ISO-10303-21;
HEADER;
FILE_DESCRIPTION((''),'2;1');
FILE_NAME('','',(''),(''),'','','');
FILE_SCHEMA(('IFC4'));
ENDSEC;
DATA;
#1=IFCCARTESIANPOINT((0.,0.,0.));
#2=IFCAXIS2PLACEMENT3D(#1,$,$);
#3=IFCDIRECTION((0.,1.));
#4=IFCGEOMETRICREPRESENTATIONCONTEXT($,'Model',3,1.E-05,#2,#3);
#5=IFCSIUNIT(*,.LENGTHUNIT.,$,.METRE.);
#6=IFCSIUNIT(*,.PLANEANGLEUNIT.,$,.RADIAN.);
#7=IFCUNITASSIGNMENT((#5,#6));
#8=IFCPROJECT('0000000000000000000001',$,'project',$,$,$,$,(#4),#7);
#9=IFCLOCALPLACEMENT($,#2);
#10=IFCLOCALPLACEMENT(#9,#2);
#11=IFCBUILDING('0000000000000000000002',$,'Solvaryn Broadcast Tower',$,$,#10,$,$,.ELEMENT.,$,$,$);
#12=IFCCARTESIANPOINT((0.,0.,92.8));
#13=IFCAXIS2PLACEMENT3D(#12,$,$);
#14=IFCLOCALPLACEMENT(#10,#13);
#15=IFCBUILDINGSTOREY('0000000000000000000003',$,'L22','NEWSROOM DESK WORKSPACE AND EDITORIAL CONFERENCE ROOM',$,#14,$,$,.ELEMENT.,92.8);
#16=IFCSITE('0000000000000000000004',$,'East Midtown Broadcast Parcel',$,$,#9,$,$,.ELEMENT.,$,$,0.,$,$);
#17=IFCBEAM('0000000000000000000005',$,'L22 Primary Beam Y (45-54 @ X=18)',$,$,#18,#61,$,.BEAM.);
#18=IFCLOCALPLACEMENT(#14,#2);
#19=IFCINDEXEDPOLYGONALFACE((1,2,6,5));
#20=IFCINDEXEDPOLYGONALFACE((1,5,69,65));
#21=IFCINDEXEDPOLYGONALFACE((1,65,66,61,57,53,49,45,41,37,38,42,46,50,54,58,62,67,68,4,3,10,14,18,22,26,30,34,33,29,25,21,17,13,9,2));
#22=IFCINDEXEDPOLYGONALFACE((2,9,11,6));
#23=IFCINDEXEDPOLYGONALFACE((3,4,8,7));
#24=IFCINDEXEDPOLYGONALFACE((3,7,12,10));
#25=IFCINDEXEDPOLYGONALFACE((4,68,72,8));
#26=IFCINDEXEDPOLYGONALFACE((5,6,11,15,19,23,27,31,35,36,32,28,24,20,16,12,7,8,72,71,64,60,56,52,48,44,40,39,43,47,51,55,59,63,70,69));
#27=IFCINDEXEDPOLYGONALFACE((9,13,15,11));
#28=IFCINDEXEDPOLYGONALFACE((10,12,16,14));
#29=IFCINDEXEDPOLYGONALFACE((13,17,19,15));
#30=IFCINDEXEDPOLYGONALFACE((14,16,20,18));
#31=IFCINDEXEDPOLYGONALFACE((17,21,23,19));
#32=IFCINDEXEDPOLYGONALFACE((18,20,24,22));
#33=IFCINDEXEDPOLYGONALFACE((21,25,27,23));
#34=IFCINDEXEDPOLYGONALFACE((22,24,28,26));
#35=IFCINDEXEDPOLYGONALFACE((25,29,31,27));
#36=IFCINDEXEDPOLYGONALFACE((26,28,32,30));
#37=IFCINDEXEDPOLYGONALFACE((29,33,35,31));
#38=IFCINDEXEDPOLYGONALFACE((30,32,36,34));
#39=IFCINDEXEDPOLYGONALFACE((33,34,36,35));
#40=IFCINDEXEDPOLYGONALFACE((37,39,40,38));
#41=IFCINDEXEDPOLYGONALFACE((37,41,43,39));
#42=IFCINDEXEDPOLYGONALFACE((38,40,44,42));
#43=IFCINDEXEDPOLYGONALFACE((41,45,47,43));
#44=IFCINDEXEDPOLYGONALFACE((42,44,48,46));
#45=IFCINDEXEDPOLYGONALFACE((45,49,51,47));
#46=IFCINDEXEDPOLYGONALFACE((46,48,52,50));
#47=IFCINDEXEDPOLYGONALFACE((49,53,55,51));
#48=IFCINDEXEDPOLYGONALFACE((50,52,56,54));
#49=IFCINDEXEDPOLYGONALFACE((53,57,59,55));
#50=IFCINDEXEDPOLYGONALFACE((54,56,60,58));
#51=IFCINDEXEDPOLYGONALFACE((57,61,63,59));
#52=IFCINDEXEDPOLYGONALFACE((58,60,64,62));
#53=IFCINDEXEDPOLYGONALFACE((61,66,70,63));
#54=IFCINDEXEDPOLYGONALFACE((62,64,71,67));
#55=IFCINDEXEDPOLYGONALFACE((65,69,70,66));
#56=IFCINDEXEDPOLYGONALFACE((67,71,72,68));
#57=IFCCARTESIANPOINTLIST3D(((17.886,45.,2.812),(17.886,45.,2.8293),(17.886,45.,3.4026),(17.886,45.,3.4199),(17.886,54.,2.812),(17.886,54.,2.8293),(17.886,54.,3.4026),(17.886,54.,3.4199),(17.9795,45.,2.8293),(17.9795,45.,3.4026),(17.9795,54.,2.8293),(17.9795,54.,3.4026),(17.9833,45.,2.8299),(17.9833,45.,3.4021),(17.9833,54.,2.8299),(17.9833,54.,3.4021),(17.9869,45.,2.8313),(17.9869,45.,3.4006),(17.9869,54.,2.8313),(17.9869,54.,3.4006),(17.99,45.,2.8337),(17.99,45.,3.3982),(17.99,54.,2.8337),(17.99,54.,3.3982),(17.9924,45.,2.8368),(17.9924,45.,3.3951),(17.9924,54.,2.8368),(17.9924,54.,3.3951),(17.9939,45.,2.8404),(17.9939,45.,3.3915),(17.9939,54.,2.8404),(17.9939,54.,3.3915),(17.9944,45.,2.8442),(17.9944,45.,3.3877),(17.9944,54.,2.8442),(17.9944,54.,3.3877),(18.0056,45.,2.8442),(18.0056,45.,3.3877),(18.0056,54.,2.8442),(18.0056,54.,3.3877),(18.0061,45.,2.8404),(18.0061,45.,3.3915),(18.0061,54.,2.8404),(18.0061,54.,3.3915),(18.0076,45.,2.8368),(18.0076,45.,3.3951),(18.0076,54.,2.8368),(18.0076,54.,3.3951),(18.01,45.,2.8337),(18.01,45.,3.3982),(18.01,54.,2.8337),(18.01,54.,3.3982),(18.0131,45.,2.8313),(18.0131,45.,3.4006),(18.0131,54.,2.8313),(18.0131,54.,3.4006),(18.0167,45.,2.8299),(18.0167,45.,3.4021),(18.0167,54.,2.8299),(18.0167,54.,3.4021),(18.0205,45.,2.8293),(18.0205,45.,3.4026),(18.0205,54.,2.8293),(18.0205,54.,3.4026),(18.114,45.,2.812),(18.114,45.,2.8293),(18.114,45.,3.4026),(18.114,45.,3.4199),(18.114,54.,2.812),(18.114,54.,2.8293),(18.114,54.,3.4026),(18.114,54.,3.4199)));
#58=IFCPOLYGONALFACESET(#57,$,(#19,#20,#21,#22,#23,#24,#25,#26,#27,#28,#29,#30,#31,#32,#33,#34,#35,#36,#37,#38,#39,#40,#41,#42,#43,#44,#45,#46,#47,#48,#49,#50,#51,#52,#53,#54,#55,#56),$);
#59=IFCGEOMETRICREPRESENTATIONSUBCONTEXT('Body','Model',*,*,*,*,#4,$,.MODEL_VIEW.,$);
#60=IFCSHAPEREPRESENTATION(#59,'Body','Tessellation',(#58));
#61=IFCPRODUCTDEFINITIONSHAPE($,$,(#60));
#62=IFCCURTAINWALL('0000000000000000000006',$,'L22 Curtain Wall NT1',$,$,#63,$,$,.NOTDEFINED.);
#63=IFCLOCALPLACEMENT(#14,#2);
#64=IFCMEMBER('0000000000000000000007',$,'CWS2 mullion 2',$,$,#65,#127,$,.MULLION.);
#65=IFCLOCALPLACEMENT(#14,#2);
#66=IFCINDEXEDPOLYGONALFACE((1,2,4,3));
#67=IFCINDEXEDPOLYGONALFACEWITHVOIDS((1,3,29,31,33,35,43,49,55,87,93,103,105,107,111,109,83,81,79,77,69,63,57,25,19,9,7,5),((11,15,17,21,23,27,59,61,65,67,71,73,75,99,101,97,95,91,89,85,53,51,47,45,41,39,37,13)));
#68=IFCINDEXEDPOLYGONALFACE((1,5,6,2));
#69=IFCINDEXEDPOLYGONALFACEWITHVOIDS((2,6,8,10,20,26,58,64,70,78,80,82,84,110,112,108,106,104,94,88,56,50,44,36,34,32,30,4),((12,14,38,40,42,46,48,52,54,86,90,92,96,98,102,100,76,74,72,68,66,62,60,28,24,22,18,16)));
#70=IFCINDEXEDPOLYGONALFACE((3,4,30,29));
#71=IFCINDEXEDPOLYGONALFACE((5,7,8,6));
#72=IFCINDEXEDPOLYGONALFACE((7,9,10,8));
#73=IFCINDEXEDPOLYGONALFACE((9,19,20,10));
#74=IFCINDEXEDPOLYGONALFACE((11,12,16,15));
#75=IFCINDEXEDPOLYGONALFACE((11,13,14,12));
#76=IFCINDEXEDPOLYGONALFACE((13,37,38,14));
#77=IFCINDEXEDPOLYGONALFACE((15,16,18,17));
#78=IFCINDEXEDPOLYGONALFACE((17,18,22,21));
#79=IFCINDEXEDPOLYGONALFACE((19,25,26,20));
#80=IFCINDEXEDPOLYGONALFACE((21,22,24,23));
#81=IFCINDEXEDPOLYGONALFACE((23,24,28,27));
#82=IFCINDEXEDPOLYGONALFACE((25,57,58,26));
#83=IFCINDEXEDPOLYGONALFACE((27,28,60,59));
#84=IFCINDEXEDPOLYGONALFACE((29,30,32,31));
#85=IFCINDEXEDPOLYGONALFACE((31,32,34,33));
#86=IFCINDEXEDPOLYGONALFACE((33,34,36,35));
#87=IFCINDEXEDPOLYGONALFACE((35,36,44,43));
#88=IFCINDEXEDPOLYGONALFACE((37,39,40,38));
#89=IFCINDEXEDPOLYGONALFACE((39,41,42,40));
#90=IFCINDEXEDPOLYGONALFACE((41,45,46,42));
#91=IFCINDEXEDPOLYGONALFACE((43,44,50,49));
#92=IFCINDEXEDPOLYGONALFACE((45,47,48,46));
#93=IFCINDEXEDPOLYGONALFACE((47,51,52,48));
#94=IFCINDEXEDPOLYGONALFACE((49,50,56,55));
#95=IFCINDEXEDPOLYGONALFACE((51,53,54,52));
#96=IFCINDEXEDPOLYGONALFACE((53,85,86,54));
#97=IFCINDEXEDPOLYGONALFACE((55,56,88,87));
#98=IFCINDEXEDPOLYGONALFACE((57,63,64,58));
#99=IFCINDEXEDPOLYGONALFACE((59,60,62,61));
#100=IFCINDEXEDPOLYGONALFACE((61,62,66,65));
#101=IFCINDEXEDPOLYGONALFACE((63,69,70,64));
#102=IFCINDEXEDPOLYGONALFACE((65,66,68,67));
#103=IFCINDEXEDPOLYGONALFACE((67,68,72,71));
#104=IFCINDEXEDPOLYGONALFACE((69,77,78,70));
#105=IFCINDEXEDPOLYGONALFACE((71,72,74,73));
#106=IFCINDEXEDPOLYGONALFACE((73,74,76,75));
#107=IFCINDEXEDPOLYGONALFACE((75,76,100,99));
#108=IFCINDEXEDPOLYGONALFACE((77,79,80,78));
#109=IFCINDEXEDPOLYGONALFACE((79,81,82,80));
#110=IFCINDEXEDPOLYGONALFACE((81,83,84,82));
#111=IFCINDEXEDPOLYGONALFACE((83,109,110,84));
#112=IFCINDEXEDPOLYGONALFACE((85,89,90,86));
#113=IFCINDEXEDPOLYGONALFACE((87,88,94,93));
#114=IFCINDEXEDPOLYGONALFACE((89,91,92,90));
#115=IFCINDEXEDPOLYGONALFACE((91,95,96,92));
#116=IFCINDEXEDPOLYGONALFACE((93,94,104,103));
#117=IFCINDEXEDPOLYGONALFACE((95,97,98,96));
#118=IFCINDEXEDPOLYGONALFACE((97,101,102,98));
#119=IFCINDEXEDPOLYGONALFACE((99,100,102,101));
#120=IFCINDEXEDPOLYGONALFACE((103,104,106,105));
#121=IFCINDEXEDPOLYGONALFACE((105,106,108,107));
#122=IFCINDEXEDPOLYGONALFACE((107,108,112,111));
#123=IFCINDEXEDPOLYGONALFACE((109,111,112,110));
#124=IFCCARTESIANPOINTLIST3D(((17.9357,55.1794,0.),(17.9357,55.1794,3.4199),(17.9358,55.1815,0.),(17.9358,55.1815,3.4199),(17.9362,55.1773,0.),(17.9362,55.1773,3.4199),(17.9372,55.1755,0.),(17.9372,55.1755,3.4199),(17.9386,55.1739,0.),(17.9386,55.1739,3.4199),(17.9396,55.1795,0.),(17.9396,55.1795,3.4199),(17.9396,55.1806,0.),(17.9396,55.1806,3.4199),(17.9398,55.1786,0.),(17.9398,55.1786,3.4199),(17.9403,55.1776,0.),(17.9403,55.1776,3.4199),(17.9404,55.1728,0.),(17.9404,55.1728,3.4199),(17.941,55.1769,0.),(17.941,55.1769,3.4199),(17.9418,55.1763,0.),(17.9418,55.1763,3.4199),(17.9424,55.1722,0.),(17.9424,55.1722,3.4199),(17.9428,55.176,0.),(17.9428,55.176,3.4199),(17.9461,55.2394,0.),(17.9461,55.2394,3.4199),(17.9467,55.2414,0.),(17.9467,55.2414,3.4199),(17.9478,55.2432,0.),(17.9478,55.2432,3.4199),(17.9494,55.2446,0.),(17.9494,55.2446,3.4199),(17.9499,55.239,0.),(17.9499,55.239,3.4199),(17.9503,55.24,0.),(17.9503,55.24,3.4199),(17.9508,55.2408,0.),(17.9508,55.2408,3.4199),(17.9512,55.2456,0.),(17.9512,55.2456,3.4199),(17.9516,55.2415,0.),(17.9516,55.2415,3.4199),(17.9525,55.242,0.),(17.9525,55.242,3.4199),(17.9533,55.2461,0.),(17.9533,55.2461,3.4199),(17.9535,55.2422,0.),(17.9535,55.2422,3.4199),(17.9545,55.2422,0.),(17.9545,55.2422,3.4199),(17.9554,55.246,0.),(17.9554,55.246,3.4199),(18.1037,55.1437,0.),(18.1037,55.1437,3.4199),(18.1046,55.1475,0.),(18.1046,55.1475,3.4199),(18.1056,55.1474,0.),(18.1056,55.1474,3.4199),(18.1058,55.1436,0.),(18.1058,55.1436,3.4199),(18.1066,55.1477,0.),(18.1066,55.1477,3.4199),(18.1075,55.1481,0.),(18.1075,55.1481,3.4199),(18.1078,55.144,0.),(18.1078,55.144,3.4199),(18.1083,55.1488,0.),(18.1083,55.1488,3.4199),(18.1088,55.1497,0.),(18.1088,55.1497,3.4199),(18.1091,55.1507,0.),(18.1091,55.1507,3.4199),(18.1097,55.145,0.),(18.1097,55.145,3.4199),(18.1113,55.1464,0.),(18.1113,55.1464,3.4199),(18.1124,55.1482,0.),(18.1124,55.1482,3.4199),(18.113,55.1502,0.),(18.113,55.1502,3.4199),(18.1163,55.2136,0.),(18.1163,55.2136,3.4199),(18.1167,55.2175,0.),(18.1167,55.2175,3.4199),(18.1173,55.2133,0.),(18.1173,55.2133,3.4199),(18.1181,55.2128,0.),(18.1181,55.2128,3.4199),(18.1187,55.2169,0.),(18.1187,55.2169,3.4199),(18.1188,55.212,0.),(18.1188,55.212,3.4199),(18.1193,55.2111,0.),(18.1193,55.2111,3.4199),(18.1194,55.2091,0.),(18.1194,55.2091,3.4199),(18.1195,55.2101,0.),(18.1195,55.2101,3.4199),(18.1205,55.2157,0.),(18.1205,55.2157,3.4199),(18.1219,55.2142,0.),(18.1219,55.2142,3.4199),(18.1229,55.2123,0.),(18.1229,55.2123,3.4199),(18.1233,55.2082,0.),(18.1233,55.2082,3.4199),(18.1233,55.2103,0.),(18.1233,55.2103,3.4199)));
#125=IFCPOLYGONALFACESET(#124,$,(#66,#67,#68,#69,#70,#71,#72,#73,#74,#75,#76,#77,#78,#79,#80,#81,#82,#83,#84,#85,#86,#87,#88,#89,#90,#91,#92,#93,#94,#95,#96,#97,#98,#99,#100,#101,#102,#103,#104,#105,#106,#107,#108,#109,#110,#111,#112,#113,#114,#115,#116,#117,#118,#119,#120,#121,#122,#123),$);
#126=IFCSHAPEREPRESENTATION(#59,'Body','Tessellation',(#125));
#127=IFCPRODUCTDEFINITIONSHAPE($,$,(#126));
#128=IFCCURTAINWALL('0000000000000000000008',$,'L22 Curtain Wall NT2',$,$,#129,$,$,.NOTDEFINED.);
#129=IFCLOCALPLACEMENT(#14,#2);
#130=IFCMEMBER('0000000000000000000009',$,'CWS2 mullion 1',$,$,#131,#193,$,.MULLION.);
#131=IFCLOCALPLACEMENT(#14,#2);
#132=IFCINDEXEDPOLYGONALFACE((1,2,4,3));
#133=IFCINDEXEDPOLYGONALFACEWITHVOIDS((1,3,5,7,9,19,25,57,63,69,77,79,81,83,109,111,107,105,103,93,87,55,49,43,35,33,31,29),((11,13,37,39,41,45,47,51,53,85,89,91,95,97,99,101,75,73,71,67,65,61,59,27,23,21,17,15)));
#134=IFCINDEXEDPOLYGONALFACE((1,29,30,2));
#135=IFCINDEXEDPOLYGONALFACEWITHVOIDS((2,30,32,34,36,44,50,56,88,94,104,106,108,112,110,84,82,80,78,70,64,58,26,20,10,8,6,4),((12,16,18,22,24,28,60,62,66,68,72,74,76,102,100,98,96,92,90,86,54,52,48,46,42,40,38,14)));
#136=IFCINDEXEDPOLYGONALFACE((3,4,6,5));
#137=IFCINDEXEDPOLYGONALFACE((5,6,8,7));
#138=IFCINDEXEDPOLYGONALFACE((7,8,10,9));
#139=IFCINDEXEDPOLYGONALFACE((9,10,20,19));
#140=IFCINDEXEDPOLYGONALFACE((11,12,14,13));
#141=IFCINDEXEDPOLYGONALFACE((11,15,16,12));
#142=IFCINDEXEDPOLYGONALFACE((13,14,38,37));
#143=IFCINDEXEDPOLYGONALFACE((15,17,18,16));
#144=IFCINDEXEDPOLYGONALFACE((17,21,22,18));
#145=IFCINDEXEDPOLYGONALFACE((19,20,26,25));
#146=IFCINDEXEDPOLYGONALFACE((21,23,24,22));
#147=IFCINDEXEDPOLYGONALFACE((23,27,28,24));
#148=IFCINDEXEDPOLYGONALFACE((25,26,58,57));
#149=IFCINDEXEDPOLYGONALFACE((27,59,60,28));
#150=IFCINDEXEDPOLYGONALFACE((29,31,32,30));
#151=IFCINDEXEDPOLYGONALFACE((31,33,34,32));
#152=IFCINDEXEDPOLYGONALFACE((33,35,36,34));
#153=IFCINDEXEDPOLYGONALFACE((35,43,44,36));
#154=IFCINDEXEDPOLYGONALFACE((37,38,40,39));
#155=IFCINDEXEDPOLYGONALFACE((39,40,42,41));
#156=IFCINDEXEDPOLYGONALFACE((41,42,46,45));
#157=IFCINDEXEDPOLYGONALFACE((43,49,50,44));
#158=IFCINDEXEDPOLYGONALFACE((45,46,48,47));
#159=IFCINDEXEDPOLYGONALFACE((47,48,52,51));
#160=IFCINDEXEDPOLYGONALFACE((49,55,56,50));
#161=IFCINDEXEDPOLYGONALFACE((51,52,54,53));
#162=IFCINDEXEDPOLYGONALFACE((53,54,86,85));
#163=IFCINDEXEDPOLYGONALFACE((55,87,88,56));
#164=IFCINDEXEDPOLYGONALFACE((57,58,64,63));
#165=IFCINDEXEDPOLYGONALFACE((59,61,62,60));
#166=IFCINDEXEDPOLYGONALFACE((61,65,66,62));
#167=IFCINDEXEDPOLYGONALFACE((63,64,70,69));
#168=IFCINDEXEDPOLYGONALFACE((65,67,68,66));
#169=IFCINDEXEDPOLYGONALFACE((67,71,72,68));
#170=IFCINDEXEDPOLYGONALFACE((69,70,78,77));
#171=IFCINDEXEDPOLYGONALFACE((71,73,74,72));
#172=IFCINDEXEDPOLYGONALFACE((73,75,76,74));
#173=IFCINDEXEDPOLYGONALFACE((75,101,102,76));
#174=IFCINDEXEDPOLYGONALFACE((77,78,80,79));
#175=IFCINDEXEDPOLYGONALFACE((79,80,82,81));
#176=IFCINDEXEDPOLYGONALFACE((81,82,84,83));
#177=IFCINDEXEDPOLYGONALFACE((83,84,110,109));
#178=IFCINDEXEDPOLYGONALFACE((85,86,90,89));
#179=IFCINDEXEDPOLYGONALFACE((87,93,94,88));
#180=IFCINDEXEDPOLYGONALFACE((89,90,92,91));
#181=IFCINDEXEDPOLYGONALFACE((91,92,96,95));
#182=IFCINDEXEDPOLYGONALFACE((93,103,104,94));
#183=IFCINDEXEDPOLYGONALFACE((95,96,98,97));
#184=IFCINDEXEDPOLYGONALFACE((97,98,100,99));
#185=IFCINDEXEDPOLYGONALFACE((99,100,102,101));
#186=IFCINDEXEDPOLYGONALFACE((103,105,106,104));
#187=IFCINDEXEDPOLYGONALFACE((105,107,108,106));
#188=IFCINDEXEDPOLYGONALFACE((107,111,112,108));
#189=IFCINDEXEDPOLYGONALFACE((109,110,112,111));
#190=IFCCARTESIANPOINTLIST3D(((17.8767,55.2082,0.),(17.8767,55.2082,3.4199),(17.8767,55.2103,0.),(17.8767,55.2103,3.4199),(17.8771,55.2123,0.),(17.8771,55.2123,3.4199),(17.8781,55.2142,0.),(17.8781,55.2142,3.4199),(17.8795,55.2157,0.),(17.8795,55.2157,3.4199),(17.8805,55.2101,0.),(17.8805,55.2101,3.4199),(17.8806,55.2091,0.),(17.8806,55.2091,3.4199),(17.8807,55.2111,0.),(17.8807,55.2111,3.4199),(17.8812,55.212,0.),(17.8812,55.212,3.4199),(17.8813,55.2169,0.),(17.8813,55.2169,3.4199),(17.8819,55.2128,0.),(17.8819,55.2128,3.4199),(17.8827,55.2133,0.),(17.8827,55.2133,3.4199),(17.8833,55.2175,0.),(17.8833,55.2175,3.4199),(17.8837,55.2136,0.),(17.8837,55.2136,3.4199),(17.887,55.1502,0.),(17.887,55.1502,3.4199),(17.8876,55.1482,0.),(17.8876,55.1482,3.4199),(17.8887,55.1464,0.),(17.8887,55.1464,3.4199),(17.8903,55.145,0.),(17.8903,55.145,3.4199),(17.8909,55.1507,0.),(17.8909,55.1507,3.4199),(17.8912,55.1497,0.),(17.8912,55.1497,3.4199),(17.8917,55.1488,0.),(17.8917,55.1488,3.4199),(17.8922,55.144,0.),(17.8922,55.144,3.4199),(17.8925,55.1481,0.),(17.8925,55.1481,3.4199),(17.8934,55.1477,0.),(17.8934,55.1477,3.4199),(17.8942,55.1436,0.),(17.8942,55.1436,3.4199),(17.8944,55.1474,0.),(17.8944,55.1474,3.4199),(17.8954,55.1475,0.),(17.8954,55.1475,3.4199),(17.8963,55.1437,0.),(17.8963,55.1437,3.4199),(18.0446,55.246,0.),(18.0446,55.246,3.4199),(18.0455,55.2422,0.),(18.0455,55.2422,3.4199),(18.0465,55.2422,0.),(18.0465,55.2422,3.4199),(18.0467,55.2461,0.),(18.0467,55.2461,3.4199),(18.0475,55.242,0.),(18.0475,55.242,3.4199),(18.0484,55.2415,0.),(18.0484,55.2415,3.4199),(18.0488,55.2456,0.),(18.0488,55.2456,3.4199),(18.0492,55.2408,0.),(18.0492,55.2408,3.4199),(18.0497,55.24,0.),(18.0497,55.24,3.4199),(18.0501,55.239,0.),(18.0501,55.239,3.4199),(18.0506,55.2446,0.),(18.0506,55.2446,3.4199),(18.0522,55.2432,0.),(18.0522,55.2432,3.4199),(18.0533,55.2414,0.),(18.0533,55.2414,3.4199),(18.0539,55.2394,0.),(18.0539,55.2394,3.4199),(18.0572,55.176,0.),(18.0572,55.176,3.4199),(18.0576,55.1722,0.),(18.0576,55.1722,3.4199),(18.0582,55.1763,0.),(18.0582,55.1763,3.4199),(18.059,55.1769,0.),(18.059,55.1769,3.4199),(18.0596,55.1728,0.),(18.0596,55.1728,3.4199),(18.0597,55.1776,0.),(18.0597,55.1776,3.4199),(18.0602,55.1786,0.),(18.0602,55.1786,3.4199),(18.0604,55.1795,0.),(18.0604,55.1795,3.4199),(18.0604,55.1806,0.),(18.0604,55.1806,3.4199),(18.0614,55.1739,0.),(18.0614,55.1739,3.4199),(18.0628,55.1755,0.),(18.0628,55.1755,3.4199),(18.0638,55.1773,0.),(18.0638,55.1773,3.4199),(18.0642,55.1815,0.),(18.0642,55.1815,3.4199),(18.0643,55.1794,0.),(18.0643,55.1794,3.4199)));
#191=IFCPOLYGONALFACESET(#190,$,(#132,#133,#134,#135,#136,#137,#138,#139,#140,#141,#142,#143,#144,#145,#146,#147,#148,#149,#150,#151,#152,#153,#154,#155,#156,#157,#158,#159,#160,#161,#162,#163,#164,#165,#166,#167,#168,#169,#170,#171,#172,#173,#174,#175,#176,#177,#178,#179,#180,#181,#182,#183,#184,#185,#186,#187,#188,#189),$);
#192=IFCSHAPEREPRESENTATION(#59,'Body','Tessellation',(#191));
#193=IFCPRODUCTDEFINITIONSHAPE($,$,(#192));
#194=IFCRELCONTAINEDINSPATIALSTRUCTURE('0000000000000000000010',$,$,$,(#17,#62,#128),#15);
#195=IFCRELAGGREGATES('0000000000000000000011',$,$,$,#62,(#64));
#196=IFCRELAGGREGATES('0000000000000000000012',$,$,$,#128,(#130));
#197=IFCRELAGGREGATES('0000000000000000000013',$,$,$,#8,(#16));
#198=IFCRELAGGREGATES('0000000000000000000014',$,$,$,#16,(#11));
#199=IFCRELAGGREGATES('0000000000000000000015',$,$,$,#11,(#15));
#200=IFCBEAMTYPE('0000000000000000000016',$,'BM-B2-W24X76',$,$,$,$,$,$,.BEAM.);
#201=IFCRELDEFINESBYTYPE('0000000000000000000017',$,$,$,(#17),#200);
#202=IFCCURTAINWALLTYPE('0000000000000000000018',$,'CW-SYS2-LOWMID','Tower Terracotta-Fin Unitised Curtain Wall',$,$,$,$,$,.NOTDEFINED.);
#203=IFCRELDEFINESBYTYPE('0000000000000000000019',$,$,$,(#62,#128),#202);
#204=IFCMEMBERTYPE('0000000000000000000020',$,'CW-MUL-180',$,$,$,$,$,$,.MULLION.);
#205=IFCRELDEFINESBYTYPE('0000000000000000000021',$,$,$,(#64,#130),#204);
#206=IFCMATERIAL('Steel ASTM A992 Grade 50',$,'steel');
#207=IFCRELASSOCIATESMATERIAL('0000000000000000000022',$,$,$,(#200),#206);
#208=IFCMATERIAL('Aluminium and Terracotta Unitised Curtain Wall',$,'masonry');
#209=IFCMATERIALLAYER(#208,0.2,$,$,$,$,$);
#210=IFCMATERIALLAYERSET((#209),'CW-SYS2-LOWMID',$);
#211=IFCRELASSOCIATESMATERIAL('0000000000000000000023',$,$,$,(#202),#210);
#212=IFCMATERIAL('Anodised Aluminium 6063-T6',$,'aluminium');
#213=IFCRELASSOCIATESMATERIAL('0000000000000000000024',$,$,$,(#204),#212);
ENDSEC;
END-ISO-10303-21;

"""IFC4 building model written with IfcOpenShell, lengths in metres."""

from ifc_helpers import new_model, si_unit, direction, frame, origin, origin_2d, place, context, subcontext, project, spatial, hollow_rectangle, i_section, extrude, material, layer, layer_set, material_profile, profile_set, type_object, element, aggregate, save


model = new_model("IFC4")

# Units and contexts
model_context = context("Model", 3, precision=1e-05, world=origin(), true_north=direction((0.0, 1.0)))
body_context = subcontext(model_context, "Body", "Model", "MODEL_VIEW")
ifc_project = project(units=[si_unit("LENGTHUNIT", "METRE"), si_unit("PLANEANGLEUNIT", "RADIAN")], contexts=[model_context])

# Site, building, storey
site_placement = place(None, origin())
site = spatial("IfcSite", under=ifc_project, at=site_placement, Name="East Midtown Broadcast Parcel", CompositionType="ELEMENT", RefElevation=0.0)
building_placement = place(site_placement, origin())
building = spatial("IfcBuilding", under=site, at=building_placement, Name="Solvaryn Broadcast Tower", CompositionType="ELEMENT")
storey_placement = place(building_placement, frame((0.0, 0.0, 92.8)))
storey = spatial("IfcBuildingStorey", under=building, at=storey_placement, Name="L22", Description="NEWSROOM DESK WORKSPACE AND EDITORIAL CONFERENCE ROOM", CompositionType="ELEMENT", Elevation=92.8)

# Beam
ifc_material_1 = material(Name="Steel ASTM A992 Grade 50", Category="steel")
ifc_material_profile_1 = material_profile(ifc_material_1, i_section(OverallWidth=0.228, OverallDepth=0.6079, WebThickness=0.0112, FlangeThickness=0.0173, FilletRadius=0.0149, at=origin_2d()))
ifc_profile_set_1 = profile_set([ifc_material_profile_1], Name="Steel ASTM A992 Grade 50")
beam_type_1 = type_object("IfcBeamType", Name="BM-B2-W24X76", PredefinedType="BEAM", material=ifc_profile_set_1)
beam_1_placement = place(storey_placement, frame((18.0, 45.0, 3.116), z_axis=(0.0, 1.0, 0.0), x_axis=(-1.0, 0.0, 0.0)))
element("IfcBeam", 1, at=beam_1_placement, inside=storey, type_object=beam_type_1, Name="L22 Primary Beam Y (45-54 @ X=18)", PredefinedType="BEAM", context=body_context, shape_type="SweptSolid", body=[
    extrude(i_section(OverallWidth=0.228, OverallDepth=0.6079, WebThickness=0.0112, FlangeThickness=0.0173, FilletRadius=0.0149, at=origin_2d()), origin(), (0.0, 0.0, 1.0), 9.0),
])

# Curtain wall, member
ifc_material_2 = material(Name="Aluminium and Terracotta Unitised Curtain Wall", Category="masonry")
ifc_layer_1 = layer(ifc_material_2, 0.2)
ifc_layer_set_1 = layer_set([ifc_layer_1], Name="CW-SYS2-LOWMID")
curtain_wall_type = type_object("IfcCurtainWallType", Name="CW-SYS2-LOWMID", Description="Tower Terracotta-Fin Unitised Curtain Wall", PredefinedType="NOTDEFINED", material=ifc_layer_set_1)
curtain_wall_1_placement = place(storey_placement, origin())
curtain_wall_1 = element("IfcCurtainWall", 2, at=curtain_wall_1_placement, inside=storey, type_object=curtain_wall_type, Name="L22 Curtain Wall NT1", PredefinedType="NOTDEFINED")
ifc_material_3 = material(Name="Anodised Aluminium 6063-T6", Category="aluminium")
ifc_material_profile_2 = material_profile(ifc_material_3, hollow_rectangle(XDim=0.075, YDim=0.1799, WallThickness=0.0039, InnerFilletRadius=0.0039, OuterFilletRadius=0.0081, at=origin_2d()))
ifc_profile_set_2 = profile_set([ifc_material_profile_2], Name="Anodised Aluminium 6063-T6")
member_type_1 = type_object("IfcMemberType", Name="CW-MUL-180", PredefinedType="MULLION", material=ifc_profile_set_2)
member_1_placement = place(storey_placement, frame((18.0295, 55.1948, 0.0), z_axis=(0.0, 0.0, 1.0), x_axis=(-0.173785, -0.984784, 0.0)))
member_1 = element("IfcMember", 3, at=member_1_placement, type_object=member_type_1, Name="CWS2 mullion 2", PredefinedType="MULLION", context=body_context, shape_type="SweptSolid", body=[
    extrude(hollow_rectangle(XDim=0.075, YDim=0.1799, WallThickness=0.0039, InnerFilletRadius=0.0039, OuterFilletRadius=0.0081, at=origin_2d()), origin(), (0.0, 0.0, 1.0), 3.4199),
])

# Curtain wall, member
curtain_wall_2_placement = place(storey_placement, origin())
curtain_wall_2 = element("IfcCurtainWall", 4, at=curtain_wall_2_placement, inside=storey, type_object=curtain_wall_type, Name="L22 Curtain Wall NT2", PredefinedType="NOTDEFINED")
member_2_placement = place(storey_placement, frame((17.9705, 55.1948, 0.0), z_axis=(0.0, 0.0, 1.0), x_axis=(0.173785, -0.984784, 0.0)))
member_2 = element("IfcMember", 5, at=member_2_placement, type_object=member_type_1, Name="CWS2 mullion 1", PredefinedType="MULLION", context=body_context, shape_type="SweptSolid", body=[
    extrude(hollow_rectangle(XDim=0.075, YDim=0.1799, WallThickness=0.0039, InnerFilletRadius=0.0039, OuterFilletRadius=0.0081, at=origin_2d()), origin(), (0.0, 0.0, 1.0), 3.4199),
])

aggregate(curtain_wall_1, [member_1])
aggregate(curtain_wall_2, [member_2])

save(model, "model.ifc")
